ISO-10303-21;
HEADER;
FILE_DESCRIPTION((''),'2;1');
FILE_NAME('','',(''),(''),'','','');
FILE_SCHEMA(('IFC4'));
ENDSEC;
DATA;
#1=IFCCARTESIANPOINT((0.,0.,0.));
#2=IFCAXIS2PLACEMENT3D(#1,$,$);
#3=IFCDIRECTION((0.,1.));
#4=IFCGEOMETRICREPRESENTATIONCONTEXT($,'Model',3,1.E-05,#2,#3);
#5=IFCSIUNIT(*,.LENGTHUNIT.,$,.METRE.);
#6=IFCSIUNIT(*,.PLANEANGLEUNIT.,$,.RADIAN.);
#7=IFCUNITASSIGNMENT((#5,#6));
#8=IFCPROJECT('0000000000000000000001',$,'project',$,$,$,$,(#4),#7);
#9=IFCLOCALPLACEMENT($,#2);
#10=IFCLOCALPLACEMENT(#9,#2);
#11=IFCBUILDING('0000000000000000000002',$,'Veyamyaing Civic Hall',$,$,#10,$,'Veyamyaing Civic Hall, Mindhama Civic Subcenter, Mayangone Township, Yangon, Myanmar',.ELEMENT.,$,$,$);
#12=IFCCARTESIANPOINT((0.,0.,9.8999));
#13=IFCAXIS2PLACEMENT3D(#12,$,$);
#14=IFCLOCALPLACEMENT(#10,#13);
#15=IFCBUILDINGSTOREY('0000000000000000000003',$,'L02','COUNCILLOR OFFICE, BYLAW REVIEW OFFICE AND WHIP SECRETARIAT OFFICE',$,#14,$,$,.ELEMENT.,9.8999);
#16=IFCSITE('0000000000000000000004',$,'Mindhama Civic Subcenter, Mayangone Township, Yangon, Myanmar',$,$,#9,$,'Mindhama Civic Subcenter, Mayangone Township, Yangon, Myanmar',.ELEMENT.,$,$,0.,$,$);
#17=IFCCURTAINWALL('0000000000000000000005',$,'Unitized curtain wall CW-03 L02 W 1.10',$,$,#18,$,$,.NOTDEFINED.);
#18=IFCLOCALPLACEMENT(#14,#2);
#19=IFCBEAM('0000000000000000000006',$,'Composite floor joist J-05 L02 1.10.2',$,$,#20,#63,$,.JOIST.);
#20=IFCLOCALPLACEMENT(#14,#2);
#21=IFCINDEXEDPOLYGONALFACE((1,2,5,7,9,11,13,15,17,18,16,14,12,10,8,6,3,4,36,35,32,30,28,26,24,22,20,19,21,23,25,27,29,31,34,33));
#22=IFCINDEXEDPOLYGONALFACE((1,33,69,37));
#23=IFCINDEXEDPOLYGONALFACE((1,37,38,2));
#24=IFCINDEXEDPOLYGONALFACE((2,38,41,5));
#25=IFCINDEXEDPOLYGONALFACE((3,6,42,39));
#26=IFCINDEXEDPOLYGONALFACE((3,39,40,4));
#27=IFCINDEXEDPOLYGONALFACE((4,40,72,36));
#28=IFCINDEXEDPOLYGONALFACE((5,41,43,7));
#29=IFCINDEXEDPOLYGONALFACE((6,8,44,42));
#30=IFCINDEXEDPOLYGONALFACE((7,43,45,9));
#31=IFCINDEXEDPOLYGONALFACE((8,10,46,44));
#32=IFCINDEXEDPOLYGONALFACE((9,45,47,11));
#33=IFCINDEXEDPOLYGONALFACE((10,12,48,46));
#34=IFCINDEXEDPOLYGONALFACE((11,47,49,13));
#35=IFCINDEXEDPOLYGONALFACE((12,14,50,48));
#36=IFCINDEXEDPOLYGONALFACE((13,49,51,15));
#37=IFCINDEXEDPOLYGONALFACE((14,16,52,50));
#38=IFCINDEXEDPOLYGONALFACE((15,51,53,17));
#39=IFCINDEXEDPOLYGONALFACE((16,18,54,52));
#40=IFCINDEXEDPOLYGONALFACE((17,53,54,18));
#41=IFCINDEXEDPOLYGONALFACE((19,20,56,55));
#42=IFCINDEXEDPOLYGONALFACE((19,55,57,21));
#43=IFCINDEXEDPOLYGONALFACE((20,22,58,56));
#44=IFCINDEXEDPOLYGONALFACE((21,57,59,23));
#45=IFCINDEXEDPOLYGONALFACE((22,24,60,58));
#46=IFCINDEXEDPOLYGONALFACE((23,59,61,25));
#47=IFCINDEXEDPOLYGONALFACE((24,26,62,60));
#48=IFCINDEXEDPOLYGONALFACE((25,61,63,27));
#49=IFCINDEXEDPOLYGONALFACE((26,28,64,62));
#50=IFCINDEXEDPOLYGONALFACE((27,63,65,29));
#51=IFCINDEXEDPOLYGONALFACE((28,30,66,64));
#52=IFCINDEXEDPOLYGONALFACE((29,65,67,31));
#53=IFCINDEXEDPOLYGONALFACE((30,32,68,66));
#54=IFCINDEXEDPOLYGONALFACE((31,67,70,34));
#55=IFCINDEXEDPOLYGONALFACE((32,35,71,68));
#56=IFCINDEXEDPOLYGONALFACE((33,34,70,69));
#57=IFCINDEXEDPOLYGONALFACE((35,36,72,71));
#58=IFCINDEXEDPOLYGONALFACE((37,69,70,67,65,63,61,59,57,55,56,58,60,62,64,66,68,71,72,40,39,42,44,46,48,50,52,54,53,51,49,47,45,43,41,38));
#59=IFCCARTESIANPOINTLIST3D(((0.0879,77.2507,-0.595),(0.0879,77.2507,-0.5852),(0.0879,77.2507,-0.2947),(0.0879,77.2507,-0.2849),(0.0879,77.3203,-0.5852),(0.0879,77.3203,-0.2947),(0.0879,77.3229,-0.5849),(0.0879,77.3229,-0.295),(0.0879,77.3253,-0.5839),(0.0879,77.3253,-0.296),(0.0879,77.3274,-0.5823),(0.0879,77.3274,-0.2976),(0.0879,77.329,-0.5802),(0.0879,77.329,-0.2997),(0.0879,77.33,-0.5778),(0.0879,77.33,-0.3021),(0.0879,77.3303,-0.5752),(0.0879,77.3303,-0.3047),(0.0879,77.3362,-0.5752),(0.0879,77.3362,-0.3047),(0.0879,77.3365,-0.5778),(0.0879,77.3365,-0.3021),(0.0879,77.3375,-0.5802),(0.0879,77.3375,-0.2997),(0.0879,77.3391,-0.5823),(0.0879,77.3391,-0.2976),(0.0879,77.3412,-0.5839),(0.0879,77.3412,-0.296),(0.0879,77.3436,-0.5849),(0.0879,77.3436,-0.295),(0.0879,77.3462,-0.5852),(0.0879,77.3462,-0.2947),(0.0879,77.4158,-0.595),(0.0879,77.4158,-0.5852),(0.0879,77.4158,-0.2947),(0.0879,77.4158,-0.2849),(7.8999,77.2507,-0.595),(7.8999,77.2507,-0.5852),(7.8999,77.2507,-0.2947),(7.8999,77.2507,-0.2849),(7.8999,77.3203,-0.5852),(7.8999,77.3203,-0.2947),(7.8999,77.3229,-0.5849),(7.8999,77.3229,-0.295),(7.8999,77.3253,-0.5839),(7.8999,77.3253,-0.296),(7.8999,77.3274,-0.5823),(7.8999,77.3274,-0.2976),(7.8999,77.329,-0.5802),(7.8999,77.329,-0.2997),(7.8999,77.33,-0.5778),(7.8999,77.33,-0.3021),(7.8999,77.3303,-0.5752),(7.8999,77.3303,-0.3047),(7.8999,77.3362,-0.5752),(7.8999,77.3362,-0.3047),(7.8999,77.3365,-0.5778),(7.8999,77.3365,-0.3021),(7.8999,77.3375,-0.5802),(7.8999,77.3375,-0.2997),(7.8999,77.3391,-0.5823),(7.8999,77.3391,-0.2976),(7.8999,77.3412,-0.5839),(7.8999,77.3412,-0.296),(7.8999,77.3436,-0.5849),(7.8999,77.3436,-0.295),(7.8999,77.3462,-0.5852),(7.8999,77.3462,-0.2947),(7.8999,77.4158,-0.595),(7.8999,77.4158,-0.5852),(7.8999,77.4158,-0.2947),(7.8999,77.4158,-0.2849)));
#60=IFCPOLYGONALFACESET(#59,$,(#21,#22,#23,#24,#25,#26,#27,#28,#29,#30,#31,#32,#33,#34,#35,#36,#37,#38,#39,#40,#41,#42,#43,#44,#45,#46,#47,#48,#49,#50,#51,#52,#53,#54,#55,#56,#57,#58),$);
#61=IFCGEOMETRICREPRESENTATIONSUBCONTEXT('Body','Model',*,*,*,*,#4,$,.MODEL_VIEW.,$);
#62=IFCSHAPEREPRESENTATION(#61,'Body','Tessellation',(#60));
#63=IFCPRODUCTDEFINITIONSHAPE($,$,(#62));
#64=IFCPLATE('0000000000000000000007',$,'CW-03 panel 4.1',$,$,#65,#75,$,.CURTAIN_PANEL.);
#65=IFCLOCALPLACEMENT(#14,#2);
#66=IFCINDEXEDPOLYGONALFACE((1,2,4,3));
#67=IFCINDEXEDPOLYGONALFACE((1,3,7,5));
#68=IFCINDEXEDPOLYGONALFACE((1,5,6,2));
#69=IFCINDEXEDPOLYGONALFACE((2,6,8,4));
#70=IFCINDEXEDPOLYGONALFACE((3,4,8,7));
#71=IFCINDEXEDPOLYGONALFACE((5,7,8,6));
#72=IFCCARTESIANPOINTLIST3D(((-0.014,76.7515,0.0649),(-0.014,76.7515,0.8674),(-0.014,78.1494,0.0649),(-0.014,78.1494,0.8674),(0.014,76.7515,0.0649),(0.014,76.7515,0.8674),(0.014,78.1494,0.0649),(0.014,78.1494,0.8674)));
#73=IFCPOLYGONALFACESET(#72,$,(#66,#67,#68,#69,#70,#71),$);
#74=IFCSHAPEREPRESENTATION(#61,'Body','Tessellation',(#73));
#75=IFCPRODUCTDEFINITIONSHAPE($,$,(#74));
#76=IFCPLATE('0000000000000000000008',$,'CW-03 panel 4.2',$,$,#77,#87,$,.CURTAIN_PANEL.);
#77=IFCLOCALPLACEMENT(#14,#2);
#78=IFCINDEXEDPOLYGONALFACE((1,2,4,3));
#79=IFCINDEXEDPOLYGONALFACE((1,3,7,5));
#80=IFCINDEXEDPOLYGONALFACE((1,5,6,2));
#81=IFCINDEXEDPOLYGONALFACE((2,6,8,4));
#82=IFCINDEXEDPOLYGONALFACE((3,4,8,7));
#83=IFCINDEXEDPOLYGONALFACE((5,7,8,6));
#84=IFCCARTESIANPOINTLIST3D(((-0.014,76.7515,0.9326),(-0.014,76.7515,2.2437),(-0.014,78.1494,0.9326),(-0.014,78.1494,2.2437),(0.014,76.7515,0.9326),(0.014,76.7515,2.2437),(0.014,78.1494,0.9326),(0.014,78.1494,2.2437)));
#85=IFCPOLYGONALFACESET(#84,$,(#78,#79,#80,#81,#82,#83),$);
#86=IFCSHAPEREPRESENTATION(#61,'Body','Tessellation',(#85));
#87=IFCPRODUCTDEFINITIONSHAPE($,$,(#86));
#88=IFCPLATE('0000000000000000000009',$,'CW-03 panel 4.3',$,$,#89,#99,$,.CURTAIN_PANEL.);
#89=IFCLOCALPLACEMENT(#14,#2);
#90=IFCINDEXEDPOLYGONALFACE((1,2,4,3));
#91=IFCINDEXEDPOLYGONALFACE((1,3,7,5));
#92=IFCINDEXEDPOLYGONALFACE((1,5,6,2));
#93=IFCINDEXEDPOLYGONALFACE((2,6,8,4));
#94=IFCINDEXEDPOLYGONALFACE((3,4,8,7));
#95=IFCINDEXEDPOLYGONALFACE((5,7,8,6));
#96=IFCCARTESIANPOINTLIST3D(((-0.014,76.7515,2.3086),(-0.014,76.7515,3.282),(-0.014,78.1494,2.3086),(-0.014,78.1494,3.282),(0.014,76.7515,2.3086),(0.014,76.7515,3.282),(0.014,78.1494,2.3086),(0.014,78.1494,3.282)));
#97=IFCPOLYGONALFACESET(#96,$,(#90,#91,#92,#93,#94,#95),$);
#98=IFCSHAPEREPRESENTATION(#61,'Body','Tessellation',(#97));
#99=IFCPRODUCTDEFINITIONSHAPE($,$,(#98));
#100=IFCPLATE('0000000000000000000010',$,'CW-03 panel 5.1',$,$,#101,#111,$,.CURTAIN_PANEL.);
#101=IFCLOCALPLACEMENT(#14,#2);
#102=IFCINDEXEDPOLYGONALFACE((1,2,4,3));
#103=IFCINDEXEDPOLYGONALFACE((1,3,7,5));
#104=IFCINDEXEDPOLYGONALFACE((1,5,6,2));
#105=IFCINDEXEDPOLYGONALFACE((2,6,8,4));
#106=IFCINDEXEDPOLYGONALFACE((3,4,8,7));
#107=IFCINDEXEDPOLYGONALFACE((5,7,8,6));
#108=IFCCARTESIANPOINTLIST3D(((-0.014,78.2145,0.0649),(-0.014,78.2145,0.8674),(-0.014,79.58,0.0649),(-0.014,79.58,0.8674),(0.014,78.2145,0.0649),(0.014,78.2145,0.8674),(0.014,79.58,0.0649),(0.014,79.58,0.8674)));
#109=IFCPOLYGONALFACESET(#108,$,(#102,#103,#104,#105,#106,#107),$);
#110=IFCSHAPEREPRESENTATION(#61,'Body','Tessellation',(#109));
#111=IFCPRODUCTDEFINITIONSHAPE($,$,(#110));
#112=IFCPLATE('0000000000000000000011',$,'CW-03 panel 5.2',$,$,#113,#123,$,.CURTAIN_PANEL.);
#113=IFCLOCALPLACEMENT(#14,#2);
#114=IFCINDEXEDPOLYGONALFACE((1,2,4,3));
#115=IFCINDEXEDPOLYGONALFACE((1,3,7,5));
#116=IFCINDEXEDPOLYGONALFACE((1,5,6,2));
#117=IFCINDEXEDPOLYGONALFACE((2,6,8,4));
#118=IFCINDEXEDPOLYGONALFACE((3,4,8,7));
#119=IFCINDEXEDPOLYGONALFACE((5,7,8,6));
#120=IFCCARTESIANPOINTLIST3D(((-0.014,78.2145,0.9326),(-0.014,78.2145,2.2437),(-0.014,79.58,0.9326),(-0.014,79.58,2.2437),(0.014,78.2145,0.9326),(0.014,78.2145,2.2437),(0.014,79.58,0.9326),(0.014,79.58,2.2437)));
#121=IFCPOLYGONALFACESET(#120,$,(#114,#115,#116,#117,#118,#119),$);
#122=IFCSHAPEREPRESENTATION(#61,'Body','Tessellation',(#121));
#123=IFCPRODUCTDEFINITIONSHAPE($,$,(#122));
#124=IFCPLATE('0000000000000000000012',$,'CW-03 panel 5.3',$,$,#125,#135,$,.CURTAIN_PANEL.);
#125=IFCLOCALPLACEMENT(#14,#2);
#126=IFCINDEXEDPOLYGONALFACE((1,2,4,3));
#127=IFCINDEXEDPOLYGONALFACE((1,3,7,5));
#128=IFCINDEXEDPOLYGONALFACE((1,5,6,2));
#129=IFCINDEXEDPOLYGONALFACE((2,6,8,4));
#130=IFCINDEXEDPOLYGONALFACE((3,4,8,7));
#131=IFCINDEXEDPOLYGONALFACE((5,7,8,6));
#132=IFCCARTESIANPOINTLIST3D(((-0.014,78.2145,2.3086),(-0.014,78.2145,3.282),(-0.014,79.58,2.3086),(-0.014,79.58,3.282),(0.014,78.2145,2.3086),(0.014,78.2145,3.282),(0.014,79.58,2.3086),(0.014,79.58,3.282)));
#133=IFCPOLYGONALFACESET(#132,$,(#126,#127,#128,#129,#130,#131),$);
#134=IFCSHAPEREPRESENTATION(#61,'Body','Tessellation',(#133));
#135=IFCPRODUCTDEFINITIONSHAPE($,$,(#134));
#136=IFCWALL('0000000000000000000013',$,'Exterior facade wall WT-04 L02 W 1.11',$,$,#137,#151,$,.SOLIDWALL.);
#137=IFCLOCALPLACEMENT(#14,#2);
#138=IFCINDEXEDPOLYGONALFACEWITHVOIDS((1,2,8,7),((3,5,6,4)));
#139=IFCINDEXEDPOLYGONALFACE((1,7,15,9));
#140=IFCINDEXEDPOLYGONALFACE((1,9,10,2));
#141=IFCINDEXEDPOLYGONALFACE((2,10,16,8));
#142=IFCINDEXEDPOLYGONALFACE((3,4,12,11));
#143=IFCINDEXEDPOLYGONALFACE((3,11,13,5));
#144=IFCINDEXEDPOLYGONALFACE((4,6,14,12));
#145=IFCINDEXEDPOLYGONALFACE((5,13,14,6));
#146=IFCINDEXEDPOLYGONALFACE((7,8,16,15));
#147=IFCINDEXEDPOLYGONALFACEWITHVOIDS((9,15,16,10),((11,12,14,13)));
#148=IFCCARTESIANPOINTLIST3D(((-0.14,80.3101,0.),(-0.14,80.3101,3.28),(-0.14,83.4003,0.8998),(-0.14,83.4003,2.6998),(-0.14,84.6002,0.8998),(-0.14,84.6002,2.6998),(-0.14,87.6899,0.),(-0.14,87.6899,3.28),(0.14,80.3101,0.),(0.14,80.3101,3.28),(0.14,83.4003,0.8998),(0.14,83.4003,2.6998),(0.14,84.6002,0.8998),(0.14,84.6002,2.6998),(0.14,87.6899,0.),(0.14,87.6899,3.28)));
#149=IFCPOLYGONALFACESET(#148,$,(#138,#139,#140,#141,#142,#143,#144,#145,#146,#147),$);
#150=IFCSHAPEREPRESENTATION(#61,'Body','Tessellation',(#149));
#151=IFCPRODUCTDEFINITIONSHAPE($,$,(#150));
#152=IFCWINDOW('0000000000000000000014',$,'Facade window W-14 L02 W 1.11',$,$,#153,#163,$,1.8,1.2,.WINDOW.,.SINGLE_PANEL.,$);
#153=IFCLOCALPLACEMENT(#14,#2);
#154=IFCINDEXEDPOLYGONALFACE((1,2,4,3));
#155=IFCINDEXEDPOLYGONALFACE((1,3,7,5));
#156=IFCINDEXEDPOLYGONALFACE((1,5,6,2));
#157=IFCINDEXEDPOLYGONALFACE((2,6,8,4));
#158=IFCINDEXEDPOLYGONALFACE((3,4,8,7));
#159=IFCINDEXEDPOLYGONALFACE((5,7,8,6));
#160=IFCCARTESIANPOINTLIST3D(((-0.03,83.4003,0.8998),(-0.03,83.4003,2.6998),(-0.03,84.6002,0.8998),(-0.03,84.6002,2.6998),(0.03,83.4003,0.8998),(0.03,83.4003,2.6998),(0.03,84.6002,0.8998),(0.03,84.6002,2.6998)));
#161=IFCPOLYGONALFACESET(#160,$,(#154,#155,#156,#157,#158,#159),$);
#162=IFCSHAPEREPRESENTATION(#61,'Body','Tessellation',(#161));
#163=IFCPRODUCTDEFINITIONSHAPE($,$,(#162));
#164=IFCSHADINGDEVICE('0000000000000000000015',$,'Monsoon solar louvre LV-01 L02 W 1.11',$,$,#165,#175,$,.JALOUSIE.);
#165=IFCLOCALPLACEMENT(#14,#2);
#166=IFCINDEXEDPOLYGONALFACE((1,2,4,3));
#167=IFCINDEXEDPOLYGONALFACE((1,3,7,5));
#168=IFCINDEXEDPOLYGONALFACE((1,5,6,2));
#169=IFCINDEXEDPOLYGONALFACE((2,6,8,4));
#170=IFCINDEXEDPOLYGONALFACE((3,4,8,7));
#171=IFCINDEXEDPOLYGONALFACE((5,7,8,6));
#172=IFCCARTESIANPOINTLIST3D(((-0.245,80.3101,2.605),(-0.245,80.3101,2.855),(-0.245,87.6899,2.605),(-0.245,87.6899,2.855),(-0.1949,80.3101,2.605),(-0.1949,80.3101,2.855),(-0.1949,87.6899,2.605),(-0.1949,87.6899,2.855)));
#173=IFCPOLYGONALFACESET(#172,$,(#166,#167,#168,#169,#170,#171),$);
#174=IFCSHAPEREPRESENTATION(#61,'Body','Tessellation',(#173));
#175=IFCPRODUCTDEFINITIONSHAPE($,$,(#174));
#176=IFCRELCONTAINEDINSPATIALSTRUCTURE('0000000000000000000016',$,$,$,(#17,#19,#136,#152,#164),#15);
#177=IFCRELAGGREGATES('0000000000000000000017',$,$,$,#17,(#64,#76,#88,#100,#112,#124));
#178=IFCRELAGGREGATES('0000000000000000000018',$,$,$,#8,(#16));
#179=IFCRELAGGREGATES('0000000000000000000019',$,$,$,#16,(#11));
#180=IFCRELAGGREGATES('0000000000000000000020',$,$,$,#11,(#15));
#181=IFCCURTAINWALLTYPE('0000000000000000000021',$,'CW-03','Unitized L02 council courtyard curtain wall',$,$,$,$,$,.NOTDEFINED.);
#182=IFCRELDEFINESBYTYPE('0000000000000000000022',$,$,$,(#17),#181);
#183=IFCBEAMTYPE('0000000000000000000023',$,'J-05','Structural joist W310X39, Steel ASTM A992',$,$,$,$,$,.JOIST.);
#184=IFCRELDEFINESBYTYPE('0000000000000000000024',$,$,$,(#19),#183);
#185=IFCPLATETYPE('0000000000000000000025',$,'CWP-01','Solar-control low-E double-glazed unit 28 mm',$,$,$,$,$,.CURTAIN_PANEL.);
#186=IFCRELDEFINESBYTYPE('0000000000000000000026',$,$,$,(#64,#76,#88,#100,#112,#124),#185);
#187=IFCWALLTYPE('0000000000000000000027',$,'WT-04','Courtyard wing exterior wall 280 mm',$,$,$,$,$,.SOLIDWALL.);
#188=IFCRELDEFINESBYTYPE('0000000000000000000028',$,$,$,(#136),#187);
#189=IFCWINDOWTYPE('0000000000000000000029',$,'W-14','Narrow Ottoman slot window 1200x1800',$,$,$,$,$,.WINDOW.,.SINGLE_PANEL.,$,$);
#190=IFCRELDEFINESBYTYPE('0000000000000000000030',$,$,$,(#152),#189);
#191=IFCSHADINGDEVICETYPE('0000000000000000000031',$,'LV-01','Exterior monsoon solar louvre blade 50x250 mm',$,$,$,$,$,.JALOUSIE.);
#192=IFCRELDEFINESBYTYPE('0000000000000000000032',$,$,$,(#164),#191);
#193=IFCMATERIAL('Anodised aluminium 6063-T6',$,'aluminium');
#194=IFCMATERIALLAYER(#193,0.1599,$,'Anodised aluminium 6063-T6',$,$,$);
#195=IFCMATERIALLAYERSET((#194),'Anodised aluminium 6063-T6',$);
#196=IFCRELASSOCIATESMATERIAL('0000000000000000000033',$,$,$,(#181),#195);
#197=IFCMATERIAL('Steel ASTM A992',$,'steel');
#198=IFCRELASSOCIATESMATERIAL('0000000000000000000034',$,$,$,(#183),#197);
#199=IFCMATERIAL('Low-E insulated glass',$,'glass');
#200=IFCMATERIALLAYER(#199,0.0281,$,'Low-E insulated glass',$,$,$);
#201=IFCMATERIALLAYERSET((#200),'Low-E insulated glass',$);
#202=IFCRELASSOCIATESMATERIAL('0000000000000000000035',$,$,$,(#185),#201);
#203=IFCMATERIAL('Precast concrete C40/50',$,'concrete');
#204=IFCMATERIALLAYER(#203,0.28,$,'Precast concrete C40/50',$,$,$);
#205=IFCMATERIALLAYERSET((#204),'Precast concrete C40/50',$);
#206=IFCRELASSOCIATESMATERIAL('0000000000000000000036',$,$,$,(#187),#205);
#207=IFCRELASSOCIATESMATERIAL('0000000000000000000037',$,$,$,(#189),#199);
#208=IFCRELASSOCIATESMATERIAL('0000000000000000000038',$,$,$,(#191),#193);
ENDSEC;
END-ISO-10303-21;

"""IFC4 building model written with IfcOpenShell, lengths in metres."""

from ifc_helpers import new_model, si_unit, direction, frame, frame_2d, origin, origin_2d, place, context, subcontext, project, spatial, rectangle, i_section, extrude, material, layer, layer_set, material_profile, profile_set, type_object, element, fill, aggregate, save


model = new_model("IFC4")

# Units and contexts
model_context = context("Model", 3, precision=1e-05, world=origin(), true_north=direction((0.0, 1.0)))
body_context = subcontext(model_context, "Body", "Model", "MODEL_VIEW")
ifc_project = project(units=[si_unit("LENGTHUNIT", "METRE"), si_unit("PLANEANGLEUNIT", "RADIAN")], contexts=[model_context])

# Site, building, storey
site_placement = place(None, origin())
site = spatial("IfcSite", under=ifc_project, at=site_placement, Name="Mindhama Civic Subcenter, Mayangone Township, Yangon, Myanmar", LongName="Mindhama Civic Subcenter, Mayangone Township, Yangon, Myanmar", CompositionType="ELEMENT", RefElevation=0.0)
building_placement = place(site_placement, origin())
building = spatial("IfcBuilding", under=site, at=building_placement, Name="Veyamyaing Civic Hall", LongName="Veyamyaing Civic Hall, Mindhama Civic Subcenter, Mayangone Township, Yangon, Myanmar", CompositionType="ELEMENT")
storey_placement = place(building_placement, frame((0.0, 0.0, 9.8999)))
storey = spatial("IfcBuildingStorey", under=building, at=storey_placement, Name="L02", Description="COUNCILLOR OFFICE, BYLAW REVIEW OFFICE AND WHIP SECRETARIAT OFFICE", CompositionType="ELEMENT", Elevation=9.8999)

# Shared definitions
ifc_material_1 = material(Name="Steel ASTM A992", Category="steel")

# Curtain wall
ifc_material_2 = material(Name="Anodised aluminium 6063-T6", Category="aluminium")
ifc_layer_1 = layer(ifc_material_2, 0.1599, Name="Anodised aluminium 6063-T6")
ifc_layer_set_1 = layer_set([ifc_layer_1], Name="Anodised aluminium 6063-T6")
curtain_wall_type = type_object("IfcCurtainWallType", Name="CW-03", Description="Unitized L02 council courtyard curtain wall", PredefinedType="NOTDEFINED", material=ifc_layer_set_1)
curtain_wall_placement = place(storey_placement, origin())
curtain_wall = element("IfcCurtainWall", 1, at=curtain_wall_placement, inside=storey, type_object=curtain_wall_type, Name="Unitized curtain wall CW-03 L02 W 1.10", PredefinedType="NOTDEFINED")

# Beam
ifc_material_profile_1 = material_profile(ifc_material_1, i_section(OverallWidth=0.165, OverallDepth=0.3101, WebThickness=0.0059, FlangeThickness=0.0098, FilletRadius=0.01, at=origin_2d()), Name="W310X39")
ifc_profile_set_1 = profile_set([ifc_material_profile_1], Name="Steel ASTM A992")
beam_type_1 = type_object("IfcBeamType", Name="J-05", Description="Structural joist W310X39, Steel ASTM A992", PredefinedType="JOIST", material=ifc_profile_set_1)
beam_1_placement = place(storey_placement, frame((0.0879, 77.3333, -0.4399), z_axis=(1.0, 0.0, 0.0), x_axis=(0.0, 1.0, 0.0)))
element("IfcBeam", 2, at=beam_1_placement, inside=storey, type_object=beam_type_1, Name="Composite floor joist J-05 L02 1.10.2", PredefinedType="JOIST", context=body_context, shape_type="SweptSolid", body=[
    extrude(i_section(OverallWidth=0.165, OverallDepth=0.3101, WebThickness=0.0059, FlangeThickness=0.0098, FilletRadius=0.01, at=origin_2d()), origin(), (0.0, 0.0, 1.0), 7.812),
])

# Plates
ifc_material_3 = material(Name="Low-E insulated glass", Category="glass")
ifc_layer_2 = layer(ifc_material_3, 0.0281, Name="Low-E insulated glass")
ifc_layer_set_2 = layer_set([ifc_layer_2], Name="Low-E insulated glass")
plate_type = type_object("IfcPlateType", Name="CWP-01", Description="Solar-control low-E double-glazed unit 28 mm", PredefinedType="CURTAIN_PANEL", material=ifc_layer_set_2)
plate_1_placement = place(storey_placement, frame((0.0, 77.4504, 0.0649), z_axis=(0.0, 0.0, 1.0), x_axis=(0.0, 1.0, 0.0)))
plate_1 = element("IfcPlate", 3, at=plate_1_placement, type_object=plate_type, Name="CW-03 panel 4.1", PredefinedType="CURTAIN_PANEL", context=body_context, shape_type="SweptSolid", body=[
    extrude(rectangle(XDim=1.3979, YDim=0.0281, at=origin_2d()), origin(), (0.0, 0.0, 1.0), 0.8025),
])
plate_2_placement = place(storey_placement, frame((0.0, 77.4504, 0.9326), z_axis=(0.0, 0.0, 1.0), x_axis=(0.0, 1.0, 0.0)))
plate_2 = element("IfcPlate", 4, at=plate_2_placement, type_object=plate_type, Name="CW-03 panel 4.2", PredefinedType="CURTAIN_PANEL", context=body_context, shape_type="SweptSolid", body=[
    extrude(rectangle(XDim=1.3979, YDim=0.0281, at=origin_2d()), origin(), (0.0, 0.0, 1.0), 1.311),
])
plate_3_placement = place(storey_placement, frame((0.0, 77.4504, 2.3086), z_axis=(0.0, 0.0, 1.0), x_axis=(0.0, 1.0, 0.0)))
plate_3 = element("IfcPlate", 5, at=plate_3_placement, type_object=plate_type, Name="CW-03 panel 4.3", PredefinedType="CURTAIN_PANEL", context=body_context, shape_type="SweptSolid", body=[
    extrude(rectangle(XDim=1.3979, YDim=0.0281, at=origin_2d()), origin(), (0.0, 0.0, 1.0), 0.9734),
])
plate_4_placement = place(storey_placement, frame((0.0, 78.8972, 0.0649), z_axis=(0.0, 0.0, 1.0), x_axis=(0.0, 1.0, 0.0)))
plate_4 = element("IfcPlate", 6, at=plate_4_placement, type_object=plate_type, Name="CW-03 panel 5.1", PredefinedType="CURTAIN_PANEL", context=body_context, shape_type="SweptSolid", body=[
    extrude(rectangle(XDim=1.3655, YDim=0.0281, at=origin_2d()), origin(), (0.0, 0.0, 1.0), 0.8025),
])
plate_5_placement = place(storey_placement, frame((0.0, 78.8972, 0.9326), z_axis=(0.0, 0.0, 1.0), x_axis=(0.0, 1.0, 0.0)))
plate_5 = element("IfcPlate", 7, at=plate_5_placement, type_object=plate_type, Name="CW-03 panel 5.2", PredefinedType="CURTAIN_PANEL", context=body_context, shape_type="SweptSolid", body=[
    extrude(rectangle(XDim=1.3655, YDim=0.0281, at=origin_2d()), origin(), (0.0, 0.0, 1.0), 1.311),
])
plate_6_placement = place(storey_placement, frame((0.0, 78.8972, 2.3086), z_axis=(0.0, 0.0, 1.0), x_axis=(0.0, 1.0, 0.0)))
plate_6 = element("IfcPlate", 8, at=plate_6_placement, type_object=plate_type, Name="CW-03 panel 5.3", PredefinedType="CURTAIN_PANEL", context=body_context, shape_type="SweptSolid", body=[
    extrude(rectangle(XDim=1.3655, YDim=0.0281, at=origin_2d()), origin(), (0.0, 0.0, 1.0), 0.9734),
])
aggregate(curtain_wall, [plate_1, plate_2, plate_3, plate_4, plate_5, plate_6])

# Wall, opening, window
ifc_material_4 = material(Name="Precast concrete C40/50", Category="concrete")
ifc_layer_3 = layer(ifc_material_4, 0.28, Name="Precast concrete C40/50")
ifc_layer_set_3 = layer_set([ifc_layer_3], Name="Precast concrete C40/50")
wall_type = type_object("IfcWallType", Name="WT-04", Description="Courtyard wing exterior wall 280 mm", PredefinedType="SOLIDWALL", material=ifc_layer_set_3)
wall_placement = place(storey_placement, frame((0.0, 80.3101, 0.0), z_axis=(0.0, 0.0, 1.0), x_axis=(0.0, 1.0, 0.0)))
wall = element("IfcWall", 9, at=wall_placement, inside=storey, type_object=wall_type, Name="Exterior facade wall WT-04 L02 W 1.11", PredefinedType="SOLIDWALL", context=body_context, shape_type="SweptSolid", body=[
    extrude(rectangle(XDim=7.3799, YDim=0.28, at=frame_2d((3.6899, 0.0))), origin(), (0.0, 0.0, 1.0), 3.28),
])
opening_placement = place(wall_placement, frame((3.0901, 0.0, 0.8999)))
opening = element("IfcOpeningElement", 10, at=opening_placement, cuts=wall, PredefinedType="OPENING", context=body_context, shape_type="SweptSolid", body=[
    extrude(rectangle(XDim=1.2, YDim=1.8, at=frame_2d((0.6001, 0.8999))), frame((0.0, 0.1499, 0.0), z_axis=(0.0, -1.0, 0.0), x_axis=(1.0, 0.0, 0.0)), (0.0, 0.0, 1.0), 0.3),
])
window_type = type_object("IfcWindowType", Name="W-14", Description="Narrow Ottoman slot window 1200x1800", PartitioningType="SINGLE_PANEL", PredefinedType="WINDOW", material=ifc_material_3)
window_placement = place(opening_placement, origin())
window = element("IfcWindow", 11, at=window_placement, inside=storey, type_object=window_type, Name="Facade window W-14 L02 W 1.11", OverallHeight=1.8, OverallWidth=1.2, PartitioningType="SINGLE_PANEL", PredefinedType="WINDOW", context=body_context, shape_type="SweptSolid", body=[
    extrude(rectangle(XDim=1.2, YDim=1.8, at=frame_2d((0.6001, 0.8999))), frame((0.0, 0.03, 0.0), z_axis=(0.0, -1.0, 0.0), x_axis=(1.0, 0.0, 0.0)), (0.0, 0.0, 1.0), 0.0601),
])
fill(opening, window)

# Shading device
ifc_material_profile_2 = material_profile(ifc_material_2, rectangle(XDim=0.05, YDim=0.25, at=origin_2d()), Name="LOUVRE-BLADE-50X250")
ifc_profile_set_2 = profile_set([ifc_material_profile_2], Name="Anodised aluminium 6063-T6")
shading_device_type_1 = type_object("IfcShadingDeviceType", Name="LV-01", Description="Exterior monsoon solar louvre blade 50x250 mm", PredefinedType="JALOUSIE", material=ifc_profile_set_2)
shading_device_1_placement = place(storey_placement, frame((-0.22, 80.3101, 2.73), z_axis=(0.0, 1.0, 0.0), x_axis=(-1.0, 0.0, 0.0)))
element("IfcShadingDevice", 12, at=shading_device_1_placement, inside=storey, type_object=shading_device_type_1, Name="Monsoon solar louvre LV-01 L02 W 1.11", PredefinedType="JALOUSIE", context=body_context, shape_type="SweptSolid", body=[
    extrude(rectangle(XDim=0.05, YDim=0.25, at=origin_2d()), origin(), (0.0, 0.0, 1.0), 7.3799),
])

save(model, "model.ifc")
